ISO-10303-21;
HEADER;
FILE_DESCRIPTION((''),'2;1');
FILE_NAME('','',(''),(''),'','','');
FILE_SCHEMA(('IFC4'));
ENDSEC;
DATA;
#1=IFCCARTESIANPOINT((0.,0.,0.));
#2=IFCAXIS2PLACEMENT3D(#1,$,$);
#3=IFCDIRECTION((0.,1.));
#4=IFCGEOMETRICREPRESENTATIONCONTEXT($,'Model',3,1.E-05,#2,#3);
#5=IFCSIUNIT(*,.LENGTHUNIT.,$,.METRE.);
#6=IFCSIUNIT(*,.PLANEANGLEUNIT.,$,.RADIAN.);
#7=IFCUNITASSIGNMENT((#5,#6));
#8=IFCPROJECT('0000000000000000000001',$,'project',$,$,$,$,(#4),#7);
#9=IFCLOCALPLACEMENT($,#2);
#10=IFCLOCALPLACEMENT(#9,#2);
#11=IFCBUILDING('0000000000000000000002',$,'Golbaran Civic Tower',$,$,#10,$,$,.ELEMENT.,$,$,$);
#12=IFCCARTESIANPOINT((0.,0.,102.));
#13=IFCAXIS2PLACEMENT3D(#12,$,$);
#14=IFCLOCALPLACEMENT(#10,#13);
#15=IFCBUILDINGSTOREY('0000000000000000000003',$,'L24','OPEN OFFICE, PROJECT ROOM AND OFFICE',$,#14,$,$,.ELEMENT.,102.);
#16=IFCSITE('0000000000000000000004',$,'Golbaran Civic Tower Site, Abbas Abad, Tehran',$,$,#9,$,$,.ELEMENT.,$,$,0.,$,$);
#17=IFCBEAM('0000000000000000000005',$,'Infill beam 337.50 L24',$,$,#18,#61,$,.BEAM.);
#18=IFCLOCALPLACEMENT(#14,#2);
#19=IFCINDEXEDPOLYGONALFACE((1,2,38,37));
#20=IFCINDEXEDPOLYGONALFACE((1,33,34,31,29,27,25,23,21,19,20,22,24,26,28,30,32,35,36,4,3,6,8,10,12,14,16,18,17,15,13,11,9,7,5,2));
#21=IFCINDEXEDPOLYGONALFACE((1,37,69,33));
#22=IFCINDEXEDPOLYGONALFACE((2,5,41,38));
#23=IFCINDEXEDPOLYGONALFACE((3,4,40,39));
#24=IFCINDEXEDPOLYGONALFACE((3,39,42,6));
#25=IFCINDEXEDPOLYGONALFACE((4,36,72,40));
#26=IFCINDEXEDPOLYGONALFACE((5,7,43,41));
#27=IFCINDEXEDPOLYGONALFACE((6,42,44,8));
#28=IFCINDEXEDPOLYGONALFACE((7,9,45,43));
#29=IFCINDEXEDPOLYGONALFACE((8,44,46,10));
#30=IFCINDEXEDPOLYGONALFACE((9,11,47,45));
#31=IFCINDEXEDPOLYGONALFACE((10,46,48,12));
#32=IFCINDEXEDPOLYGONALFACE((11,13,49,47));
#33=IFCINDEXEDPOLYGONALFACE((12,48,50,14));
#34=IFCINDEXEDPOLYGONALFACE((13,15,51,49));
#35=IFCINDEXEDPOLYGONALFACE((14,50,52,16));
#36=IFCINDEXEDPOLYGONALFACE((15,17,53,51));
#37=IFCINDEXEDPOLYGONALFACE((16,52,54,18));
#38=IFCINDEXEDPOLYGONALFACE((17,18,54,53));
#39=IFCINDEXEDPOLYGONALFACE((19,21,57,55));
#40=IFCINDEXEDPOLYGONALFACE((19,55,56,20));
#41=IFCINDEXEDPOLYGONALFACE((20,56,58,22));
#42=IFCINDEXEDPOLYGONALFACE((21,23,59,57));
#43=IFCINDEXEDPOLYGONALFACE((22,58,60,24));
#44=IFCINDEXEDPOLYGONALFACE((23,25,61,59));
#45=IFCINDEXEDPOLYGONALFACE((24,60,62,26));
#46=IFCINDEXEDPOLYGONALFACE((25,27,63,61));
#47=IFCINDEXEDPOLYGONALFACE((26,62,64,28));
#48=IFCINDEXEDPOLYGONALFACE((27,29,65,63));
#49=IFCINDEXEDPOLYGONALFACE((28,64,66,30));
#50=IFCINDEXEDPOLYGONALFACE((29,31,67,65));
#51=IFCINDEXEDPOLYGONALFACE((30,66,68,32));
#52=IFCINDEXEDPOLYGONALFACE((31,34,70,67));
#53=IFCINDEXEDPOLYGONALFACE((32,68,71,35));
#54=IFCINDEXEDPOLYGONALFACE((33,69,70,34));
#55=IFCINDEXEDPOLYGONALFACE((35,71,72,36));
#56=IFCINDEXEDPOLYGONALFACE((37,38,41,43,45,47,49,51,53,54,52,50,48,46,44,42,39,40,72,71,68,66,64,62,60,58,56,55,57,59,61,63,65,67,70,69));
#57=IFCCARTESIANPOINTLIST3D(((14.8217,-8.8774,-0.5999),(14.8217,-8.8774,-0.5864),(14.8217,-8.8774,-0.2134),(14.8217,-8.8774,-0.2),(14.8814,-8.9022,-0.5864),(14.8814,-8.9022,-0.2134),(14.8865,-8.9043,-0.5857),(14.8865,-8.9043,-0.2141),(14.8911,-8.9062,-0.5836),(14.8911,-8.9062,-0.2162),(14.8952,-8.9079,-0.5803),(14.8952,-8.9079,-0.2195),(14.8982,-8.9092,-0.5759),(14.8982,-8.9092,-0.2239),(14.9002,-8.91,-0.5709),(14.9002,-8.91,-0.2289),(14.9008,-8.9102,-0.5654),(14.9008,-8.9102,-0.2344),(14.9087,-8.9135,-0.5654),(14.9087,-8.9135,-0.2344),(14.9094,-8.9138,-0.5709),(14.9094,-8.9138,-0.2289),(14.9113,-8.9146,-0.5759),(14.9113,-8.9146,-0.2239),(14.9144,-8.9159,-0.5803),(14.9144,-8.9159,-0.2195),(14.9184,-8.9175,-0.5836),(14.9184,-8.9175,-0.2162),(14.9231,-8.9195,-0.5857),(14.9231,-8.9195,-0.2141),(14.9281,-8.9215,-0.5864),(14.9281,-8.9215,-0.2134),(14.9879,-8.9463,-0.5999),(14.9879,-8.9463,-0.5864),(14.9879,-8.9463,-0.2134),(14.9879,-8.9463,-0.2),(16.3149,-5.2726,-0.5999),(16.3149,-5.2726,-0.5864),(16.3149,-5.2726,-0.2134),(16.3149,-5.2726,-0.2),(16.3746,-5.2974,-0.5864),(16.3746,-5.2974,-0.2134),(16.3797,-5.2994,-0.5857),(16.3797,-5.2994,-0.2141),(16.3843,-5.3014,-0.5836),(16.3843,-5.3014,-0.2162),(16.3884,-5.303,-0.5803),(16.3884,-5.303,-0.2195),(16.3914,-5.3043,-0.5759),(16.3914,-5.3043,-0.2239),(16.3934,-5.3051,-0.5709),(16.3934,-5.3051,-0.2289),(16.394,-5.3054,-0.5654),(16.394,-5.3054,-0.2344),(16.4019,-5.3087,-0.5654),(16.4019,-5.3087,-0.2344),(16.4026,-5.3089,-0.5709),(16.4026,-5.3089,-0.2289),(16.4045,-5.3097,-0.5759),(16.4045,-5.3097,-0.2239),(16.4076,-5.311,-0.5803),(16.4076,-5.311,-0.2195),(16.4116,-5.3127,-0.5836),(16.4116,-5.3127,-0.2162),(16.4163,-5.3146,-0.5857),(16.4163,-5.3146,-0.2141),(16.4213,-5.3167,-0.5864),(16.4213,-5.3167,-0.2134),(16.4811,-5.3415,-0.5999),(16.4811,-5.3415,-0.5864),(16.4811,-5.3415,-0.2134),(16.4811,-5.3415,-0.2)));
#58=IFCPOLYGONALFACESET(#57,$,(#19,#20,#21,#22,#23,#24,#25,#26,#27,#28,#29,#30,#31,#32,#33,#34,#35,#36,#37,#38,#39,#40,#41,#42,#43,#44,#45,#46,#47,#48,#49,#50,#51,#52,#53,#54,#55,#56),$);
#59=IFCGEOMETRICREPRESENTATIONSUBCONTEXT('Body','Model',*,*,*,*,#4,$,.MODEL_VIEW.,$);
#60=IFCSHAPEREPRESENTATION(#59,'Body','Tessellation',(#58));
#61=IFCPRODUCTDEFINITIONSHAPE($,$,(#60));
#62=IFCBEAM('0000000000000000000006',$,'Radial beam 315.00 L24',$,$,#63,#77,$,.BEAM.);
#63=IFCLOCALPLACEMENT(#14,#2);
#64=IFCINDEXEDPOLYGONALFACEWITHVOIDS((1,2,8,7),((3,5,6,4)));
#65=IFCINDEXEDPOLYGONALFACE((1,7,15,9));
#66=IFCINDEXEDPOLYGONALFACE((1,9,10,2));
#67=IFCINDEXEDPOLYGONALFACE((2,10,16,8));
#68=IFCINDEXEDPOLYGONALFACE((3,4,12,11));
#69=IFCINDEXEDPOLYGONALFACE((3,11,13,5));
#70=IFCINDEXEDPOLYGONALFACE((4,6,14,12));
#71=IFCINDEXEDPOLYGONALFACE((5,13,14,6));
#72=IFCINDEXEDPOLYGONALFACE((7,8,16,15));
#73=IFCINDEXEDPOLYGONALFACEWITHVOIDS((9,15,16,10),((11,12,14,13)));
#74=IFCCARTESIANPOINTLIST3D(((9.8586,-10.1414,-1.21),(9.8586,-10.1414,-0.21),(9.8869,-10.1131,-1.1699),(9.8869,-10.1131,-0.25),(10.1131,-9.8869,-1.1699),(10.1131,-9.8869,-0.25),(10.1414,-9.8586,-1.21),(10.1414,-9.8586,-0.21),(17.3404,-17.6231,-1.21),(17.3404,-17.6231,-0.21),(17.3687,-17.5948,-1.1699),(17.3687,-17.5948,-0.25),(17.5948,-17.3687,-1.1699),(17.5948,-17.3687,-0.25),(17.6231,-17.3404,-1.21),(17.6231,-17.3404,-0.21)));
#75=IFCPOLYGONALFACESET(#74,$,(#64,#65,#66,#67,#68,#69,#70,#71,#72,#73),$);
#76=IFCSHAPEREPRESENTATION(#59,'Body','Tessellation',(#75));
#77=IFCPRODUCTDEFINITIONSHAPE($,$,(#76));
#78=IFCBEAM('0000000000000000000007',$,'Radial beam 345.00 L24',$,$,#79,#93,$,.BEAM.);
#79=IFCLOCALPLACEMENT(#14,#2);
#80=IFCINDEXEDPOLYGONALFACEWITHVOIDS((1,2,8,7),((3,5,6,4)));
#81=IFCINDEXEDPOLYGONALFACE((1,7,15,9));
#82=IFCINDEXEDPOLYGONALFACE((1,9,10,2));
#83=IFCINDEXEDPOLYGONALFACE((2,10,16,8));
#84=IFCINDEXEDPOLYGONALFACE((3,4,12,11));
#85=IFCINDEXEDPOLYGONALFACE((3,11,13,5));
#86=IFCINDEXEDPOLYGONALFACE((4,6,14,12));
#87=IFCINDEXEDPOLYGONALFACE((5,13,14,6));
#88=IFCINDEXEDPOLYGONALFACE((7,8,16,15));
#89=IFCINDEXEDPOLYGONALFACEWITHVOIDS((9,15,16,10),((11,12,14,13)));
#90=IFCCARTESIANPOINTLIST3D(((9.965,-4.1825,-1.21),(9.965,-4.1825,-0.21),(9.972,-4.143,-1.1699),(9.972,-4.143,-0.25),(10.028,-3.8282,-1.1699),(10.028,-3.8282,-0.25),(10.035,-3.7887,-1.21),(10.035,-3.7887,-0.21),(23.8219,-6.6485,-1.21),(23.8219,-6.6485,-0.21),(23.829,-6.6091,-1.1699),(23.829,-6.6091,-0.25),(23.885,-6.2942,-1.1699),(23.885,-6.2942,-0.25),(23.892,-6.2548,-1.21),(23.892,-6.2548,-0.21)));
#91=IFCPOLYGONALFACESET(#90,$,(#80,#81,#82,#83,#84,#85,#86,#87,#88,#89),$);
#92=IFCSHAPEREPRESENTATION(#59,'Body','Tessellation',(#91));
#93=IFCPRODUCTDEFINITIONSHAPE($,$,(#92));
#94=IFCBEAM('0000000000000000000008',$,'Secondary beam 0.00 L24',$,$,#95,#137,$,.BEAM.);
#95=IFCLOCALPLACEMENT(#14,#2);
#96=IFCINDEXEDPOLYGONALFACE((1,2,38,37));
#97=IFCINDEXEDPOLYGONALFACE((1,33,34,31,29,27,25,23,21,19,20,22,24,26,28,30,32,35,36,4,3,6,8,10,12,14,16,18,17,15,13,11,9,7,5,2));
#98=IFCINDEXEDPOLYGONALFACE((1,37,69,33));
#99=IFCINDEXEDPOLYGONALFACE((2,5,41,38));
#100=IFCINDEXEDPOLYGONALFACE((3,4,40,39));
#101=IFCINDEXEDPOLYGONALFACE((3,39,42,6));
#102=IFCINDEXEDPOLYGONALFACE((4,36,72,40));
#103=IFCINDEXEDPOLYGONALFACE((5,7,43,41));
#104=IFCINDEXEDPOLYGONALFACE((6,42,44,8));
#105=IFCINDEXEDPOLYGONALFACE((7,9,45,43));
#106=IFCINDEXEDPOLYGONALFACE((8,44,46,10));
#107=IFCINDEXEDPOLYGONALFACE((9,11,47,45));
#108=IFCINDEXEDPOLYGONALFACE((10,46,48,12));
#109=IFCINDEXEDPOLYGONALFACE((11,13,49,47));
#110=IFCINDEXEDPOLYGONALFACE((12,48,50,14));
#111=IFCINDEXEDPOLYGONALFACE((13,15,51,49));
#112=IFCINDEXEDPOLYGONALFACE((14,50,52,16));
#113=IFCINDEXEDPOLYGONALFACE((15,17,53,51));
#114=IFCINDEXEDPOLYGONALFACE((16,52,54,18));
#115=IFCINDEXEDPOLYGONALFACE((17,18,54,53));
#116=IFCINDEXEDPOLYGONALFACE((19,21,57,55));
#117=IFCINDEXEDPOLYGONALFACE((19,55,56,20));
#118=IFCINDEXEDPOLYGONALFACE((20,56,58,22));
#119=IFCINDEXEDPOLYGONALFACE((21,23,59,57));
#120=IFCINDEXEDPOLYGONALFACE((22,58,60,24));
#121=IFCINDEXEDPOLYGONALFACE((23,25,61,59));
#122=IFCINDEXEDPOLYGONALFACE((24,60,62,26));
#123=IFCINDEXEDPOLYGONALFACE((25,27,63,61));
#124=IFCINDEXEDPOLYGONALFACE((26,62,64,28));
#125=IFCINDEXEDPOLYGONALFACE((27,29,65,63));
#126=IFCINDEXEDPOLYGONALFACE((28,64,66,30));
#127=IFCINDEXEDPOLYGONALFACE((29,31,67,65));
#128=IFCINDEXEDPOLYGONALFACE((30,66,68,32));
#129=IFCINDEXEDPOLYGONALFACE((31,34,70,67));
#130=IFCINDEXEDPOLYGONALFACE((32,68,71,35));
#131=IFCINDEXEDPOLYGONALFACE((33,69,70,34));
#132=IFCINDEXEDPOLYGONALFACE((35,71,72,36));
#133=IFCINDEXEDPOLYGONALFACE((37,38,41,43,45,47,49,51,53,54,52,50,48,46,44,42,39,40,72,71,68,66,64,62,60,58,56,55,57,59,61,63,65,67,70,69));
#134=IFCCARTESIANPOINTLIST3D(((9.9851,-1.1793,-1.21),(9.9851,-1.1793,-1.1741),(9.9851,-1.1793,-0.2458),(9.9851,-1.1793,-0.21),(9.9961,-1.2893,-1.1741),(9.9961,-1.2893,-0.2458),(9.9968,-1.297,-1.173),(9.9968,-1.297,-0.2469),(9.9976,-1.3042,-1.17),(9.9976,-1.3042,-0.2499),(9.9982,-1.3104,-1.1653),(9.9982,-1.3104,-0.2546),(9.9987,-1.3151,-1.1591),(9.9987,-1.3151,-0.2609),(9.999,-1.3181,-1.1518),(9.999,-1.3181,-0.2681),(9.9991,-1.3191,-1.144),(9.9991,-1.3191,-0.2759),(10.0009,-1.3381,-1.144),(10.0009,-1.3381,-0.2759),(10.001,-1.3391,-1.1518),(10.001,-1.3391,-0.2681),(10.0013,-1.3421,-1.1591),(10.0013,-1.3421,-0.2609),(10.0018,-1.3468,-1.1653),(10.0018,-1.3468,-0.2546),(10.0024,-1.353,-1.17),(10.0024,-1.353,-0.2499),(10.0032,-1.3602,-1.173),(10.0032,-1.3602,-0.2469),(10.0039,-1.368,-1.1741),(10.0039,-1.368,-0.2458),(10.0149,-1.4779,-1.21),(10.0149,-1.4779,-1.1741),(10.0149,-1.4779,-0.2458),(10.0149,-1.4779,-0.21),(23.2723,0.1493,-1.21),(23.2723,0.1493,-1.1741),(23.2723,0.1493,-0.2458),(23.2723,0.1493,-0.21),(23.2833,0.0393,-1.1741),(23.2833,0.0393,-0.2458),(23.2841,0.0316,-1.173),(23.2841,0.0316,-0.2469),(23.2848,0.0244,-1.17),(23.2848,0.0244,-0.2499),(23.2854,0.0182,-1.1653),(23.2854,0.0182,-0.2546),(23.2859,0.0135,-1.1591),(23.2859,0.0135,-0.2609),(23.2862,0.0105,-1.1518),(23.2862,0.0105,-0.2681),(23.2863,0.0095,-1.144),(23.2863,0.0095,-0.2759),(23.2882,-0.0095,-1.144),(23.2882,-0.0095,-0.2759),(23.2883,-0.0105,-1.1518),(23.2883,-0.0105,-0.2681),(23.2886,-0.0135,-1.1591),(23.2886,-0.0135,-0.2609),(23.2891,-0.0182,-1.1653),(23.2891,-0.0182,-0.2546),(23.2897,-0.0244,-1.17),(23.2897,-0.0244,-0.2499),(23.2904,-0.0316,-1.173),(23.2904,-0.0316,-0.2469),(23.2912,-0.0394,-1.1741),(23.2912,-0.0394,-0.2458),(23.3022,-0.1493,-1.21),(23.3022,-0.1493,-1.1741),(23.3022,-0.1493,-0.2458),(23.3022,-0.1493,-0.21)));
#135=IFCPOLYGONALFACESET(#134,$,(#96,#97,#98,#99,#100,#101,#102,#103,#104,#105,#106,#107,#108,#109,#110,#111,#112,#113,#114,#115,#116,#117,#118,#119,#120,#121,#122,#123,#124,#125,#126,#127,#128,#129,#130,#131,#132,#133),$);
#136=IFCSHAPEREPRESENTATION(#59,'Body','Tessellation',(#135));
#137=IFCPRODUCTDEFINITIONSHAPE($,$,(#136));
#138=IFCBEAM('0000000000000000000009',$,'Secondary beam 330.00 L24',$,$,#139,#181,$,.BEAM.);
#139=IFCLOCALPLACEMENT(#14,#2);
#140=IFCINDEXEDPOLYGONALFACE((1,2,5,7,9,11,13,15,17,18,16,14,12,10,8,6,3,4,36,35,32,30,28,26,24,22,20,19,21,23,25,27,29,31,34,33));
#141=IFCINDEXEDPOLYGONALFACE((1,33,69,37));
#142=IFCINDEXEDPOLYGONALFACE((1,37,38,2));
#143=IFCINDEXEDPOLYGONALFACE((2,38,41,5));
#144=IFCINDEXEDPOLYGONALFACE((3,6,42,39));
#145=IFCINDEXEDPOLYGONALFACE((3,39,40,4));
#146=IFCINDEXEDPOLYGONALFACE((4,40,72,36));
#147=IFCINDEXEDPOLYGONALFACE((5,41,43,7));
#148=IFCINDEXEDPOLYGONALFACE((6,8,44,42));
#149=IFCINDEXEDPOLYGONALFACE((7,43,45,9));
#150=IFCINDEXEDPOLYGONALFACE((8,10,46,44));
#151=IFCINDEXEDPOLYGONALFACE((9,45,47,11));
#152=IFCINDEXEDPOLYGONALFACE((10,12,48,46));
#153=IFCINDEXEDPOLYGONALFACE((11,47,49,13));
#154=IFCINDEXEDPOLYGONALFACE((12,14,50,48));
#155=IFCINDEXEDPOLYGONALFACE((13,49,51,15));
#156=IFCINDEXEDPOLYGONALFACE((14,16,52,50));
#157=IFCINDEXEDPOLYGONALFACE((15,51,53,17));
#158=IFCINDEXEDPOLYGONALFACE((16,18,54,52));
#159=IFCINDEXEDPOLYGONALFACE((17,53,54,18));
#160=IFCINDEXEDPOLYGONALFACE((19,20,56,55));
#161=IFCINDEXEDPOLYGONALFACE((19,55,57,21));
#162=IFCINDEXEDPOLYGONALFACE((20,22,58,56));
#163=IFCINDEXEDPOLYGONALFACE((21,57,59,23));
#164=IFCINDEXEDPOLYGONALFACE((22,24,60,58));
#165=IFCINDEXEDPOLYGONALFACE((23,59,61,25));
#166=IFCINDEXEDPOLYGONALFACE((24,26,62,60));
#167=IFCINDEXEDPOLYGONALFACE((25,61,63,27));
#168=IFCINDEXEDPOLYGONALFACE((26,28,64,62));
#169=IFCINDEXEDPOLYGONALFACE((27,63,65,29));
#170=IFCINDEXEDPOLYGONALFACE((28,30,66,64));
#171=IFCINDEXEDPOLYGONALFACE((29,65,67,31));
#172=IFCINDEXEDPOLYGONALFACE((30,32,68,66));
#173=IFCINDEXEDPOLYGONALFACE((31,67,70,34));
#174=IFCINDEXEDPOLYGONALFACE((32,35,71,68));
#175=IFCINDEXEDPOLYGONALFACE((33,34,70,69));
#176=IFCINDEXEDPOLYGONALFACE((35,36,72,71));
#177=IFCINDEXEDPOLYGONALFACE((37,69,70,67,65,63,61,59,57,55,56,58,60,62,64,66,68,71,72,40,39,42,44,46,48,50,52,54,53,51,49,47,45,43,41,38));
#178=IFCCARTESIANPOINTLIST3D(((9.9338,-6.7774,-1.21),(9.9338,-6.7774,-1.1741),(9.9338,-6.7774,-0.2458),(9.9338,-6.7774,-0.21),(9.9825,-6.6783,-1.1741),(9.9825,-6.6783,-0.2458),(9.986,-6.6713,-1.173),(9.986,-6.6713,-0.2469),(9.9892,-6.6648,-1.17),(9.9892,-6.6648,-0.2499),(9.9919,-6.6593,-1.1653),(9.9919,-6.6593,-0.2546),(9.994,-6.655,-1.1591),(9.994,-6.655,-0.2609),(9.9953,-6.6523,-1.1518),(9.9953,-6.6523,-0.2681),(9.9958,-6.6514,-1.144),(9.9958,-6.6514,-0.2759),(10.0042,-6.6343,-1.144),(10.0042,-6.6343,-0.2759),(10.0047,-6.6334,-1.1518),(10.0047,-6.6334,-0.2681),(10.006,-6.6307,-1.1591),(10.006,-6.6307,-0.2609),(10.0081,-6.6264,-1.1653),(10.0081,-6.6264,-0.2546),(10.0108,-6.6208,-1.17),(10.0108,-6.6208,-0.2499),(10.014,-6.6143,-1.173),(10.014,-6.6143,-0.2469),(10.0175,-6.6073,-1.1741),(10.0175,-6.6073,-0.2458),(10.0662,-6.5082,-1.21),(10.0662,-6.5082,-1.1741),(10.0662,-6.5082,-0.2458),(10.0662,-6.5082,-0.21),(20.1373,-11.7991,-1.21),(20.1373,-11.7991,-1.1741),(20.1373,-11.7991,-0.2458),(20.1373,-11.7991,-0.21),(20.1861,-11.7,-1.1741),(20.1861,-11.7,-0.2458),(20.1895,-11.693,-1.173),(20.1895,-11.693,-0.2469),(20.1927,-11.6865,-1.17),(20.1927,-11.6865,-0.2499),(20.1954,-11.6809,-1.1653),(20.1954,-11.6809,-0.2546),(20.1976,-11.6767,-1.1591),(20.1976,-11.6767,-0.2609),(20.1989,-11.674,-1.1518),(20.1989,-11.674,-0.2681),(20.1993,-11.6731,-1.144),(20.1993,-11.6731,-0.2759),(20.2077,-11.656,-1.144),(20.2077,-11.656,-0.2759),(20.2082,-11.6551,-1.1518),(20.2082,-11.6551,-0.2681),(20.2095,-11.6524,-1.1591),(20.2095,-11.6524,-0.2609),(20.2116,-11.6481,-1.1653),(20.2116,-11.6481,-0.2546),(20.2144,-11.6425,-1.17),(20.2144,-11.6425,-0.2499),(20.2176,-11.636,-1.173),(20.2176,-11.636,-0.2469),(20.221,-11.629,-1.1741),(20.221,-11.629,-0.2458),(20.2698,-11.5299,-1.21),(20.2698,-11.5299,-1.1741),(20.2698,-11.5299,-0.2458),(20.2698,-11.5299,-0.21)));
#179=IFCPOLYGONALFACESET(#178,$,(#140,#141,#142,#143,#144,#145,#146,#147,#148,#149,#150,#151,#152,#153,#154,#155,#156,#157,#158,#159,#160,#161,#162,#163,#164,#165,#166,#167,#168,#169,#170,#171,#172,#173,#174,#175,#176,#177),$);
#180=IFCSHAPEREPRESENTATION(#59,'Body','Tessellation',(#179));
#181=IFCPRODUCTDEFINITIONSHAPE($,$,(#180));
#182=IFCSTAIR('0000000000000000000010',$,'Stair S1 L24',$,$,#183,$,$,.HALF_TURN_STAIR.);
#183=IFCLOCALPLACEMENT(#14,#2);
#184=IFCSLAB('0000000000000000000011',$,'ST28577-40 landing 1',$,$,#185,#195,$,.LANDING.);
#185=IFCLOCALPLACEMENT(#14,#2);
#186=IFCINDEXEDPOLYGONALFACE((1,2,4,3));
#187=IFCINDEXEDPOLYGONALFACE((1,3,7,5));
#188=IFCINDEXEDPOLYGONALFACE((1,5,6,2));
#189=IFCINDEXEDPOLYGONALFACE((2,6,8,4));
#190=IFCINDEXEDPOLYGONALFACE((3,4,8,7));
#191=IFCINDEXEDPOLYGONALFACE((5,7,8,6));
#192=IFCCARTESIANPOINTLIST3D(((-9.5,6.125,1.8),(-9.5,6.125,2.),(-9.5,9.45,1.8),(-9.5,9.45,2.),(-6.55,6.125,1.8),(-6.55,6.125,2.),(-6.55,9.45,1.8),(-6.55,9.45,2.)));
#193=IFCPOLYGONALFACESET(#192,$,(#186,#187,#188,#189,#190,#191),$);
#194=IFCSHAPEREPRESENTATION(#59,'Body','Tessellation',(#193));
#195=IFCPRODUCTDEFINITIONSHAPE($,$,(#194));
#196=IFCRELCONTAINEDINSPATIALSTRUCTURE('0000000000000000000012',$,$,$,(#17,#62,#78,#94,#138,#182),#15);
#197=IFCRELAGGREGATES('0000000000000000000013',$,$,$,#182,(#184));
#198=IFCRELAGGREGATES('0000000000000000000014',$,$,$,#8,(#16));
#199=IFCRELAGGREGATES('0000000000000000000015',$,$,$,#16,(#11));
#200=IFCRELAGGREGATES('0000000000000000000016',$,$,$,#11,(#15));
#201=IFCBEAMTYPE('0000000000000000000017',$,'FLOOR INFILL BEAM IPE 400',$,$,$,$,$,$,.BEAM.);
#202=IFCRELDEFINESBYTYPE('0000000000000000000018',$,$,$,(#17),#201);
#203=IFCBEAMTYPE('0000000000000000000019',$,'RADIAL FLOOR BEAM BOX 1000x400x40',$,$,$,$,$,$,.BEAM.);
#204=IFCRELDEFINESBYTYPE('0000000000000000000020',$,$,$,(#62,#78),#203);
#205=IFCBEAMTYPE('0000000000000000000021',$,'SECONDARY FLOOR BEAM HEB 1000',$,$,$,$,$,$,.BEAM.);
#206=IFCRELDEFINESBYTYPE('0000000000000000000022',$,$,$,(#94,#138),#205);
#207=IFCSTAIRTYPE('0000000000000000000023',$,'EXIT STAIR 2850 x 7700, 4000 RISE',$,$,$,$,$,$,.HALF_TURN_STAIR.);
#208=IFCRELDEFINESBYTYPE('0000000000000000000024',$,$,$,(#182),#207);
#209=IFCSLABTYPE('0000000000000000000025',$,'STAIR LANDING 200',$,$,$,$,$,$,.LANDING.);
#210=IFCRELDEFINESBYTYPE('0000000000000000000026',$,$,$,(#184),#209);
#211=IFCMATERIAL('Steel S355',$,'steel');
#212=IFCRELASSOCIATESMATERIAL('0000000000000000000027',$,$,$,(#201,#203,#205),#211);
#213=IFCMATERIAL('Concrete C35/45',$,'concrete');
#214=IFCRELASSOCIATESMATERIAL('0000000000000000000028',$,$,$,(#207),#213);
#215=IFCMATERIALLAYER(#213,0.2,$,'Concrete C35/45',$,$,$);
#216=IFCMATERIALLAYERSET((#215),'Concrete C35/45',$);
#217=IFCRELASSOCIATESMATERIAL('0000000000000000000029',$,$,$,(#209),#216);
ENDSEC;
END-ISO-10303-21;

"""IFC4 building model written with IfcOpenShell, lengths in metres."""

from ifc_helpers import new_model, si_unit, direction, frame, origin, origin_2d, place, context, subcontext, project, spatial, polyline, hollow_rectangle, i_section, outline, extrude, material, layer, layer_set, material_profile, profile_set, type_object, element, aggregate, save


model = new_model("IFC4")

# Units and contexts
model_context = context("Model", 3, precision=1e-05, world=origin(), true_north=direction((0.0, 1.0)))
body_context = subcontext(model_context, "Body", "Model", "MODEL_VIEW")
ifc_project = project(units=[si_unit("LENGTHUNIT", "METRE"), si_unit("PLANEANGLEUNIT", "RADIAN")], contexts=[model_context])

# Site, building, storey
site_placement = place(None, origin())
site = spatial("IfcSite", under=ifc_project, at=site_placement, Name="Golbaran Civic Tower Site, Abbas Abad, Tehran", CompositionType="ELEMENT", RefElevation=0.0)
building_placement = place(site_placement, origin())
building = spatial("IfcBuilding", under=site, at=building_placement, Name="Golbaran Civic Tower", CompositionType="ELEMENT")
storey_placement = place(building_placement, frame((0.0, 0.0, 102.0)))
storey = spatial("IfcBuildingStorey", under=building, at=storey_placement, Name="L24", Description="OPEN OFFICE, PROJECT ROOM AND OFFICE", CompositionType="ELEMENT", Elevation=102.0)

# Beams
ifc_material_1 = material(Name="Steel S355", Category="steel")
ifc_material_profile_1 = material_profile(ifc_material_1, i_section(OverallWidth=0.1799, OverallDepth=0.3999, WebThickness=0.0085, FlangeThickness=0.0134, FilletRadius=0.021, at=origin_2d()), Name="IPE 400")
ifc_profile_set_1 = profile_set([ifc_material_profile_1], Name="Steel S355")
beam_type_1 = type_object("IfcBeamType", Name="FLOOR INFILL BEAM IPE 400", PredefinedType="BEAM", material=ifc_profile_set_1)
beam_1_placement = place(storey_placement, frame((14.9048, -8.9119, -0.3999), z_axis=(0.382691, 0.923877, 0.0), x_axis=(-0.923877, 0.382691, 0.0)))
element("IfcBeam", 1, at=beam_1_placement, inside=storey, type_object=beam_type_1, Name="Infill beam 337.50 L24", PredefinedType="BEAM", context=body_context, shape_type="SweptSolid", body=[
    extrude(i_section(OverallWidth=0.1799, OverallDepth=0.3999, WebThickness=0.0085, FlangeThickness=0.0134, FilletRadius=0.021, at=origin_2d()), origin(), (0.0, 0.0, 1.0), 3.9019),
])
ifc_material_profile_2 = material_profile(ifc_material_1, hollow_rectangle(XDim=0.3999, YDim=1.0, WallThickness=0.04, at=origin_2d()), Name="BOX 1000x400x40")
ifc_profile_set_2 = profile_set([ifc_material_profile_2], Name="Steel S355")
beam_type_2 = type_object("IfcBeamType", Name="RADIAL FLOOR BEAM BOX 1000x400x40", PredefinedType="BEAM", material=ifc_profile_set_2)
beam_2_placement = place(storey_placement, frame((10.0, -10.0, -0.71), z_axis=(0.707107, -0.707107, 0.0), x_axis=(0.707107, 0.707107, 0.0)))
element("IfcBeam", 2, at=beam_2_placement, inside=storey, type_object=beam_type_2, Name="Radial beam 315.00 L24", PredefinedType="BEAM", context=body_context, shape_type="SweptSolid", body=[
    extrude(hollow_rectangle(XDim=0.3999, YDim=1.0, WallThickness=0.04, at=origin_2d()), origin(), (0.0, 0.0, 1.0), 10.5808),
])
beam_3_placement = place(storey_placement, frame((10.0, -3.9856, -0.71), z_axis=(0.984531, -0.175213, 0.0), x_axis=(0.175213, 0.984531, 0.0)))
element("IfcBeam", 3, at=beam_3_placement, inside=storey, type_object=beam_type_2, Name="Radial beam 345.00 L24", PredefinedType="BEAM", context=body_context, shape_type="SweptSolid", body=[
    extrude(hollow_rectangle(XDim=0.3999, YDim=1.0, WallThickness=0.04, at=origin_2d()), origin(), (0.0, 0.0, 1.0), 14.0747),
])
ifc_material_profile_3 = material_profile(ifc_material_1, i_section(OverallWidth=0.3, OverallDepth=1.0, WebThickness=0.019, FlangeThickness=0.0359, FilletRadius=0.03, at=origin_2d()), Name="HEB 1000")
ifc_profile_set_3 = profile_set([ifc_material_profile_3], Name="Steel S355")
beam_type_3 = type_object("IfcBeamType", Name="SECONDARY FLOOR BEAM HEB 1000", PredefinedType="BEAM", material=ifc_profile_set_3)
beam_4_placement = place(storey_placement, frame((10.0, -1.3286, -0.71), z_axis=(0.995038, 0.099495, 0.0), x_axis=(-0.099495, 0.995038, 0.0)))
element("IfcBeam", 4, at=beam_4_placement, inside=storey, type_object=beam_type_3, Name="Secondary beam 0.00 L24", PredefinedType="BEAM", context=body_context, shape_type="SweptSolid", body=[
    extrude(i_section(OverallWidth=0.3, OverallDepth=1.0, WebThickness=0.019, FlangeThickness=0.0359, FilletRadius=0.03, at=origin_2d()), origin(), (0.0, 0.0, 1.0), 13.3535),
])
beam_5_placement = place(storey_placement, frame((10.0, -6.6428, -0.71), z_axis=(0.897226, -0.441572, 0.0), x_axis=(0.441572, 0.897226, 0.0)))
element("IfcBeam", 5, at=beam_5_placement, inside=storey, type_object=beam_type_3, Name="Secondary beam 330.00 L24", PredefinedType="BEAM", context=body_context, shape_type="SweptSolid", body=[
    extrude(i_section(OverallWidth=0.3, OverallDepth=1.0, WebThickness=0.019, FlangeThickness=0.0359, FilletRadius=0.03, at=origin_2d()), origin(), (0.0, 0.0, 1.0), 11.3723),
])

# Stair, slab
ifc_material_2 = material(Name="Concrete C35/45", Category="concrete")
stair_type = type_object("IfcStairType", Name="EXIT STAIR 2850 x 7700, 4000 RISE", PredefinedType="HALF_TURN_STAIR", material=ifc_material_2)
stair_1_placement = place(storey_placement, origin())
stair_1 = element("IfcStair", 6, at=stair_1_placement, inside=storey, type_object=stair_type, Name="Stair S1 L24", PredefinedType="HALF_TURN_STAIR")
ifc_layer_1 = layer(ifc_material_2, 0.2, Name="Concrete C35/45")
ifc_layer_set_1 = layer_set([ifc_layer_1], Name="Concrete C35/45")
slab_type = type_object("IfcSlabType", Name="STAIR LANDING 200", PredefinedType="LANDING", material=ifc_layer_set_1)
slab_1_placement = place(storey_placement, frame((0.0, 0.0, 1.8)))
slab_1 = element("IfcSlab", 7, at=slab_1_placement, type_object=slab_type, Name="ST28577-40 landing 1", PredefinedType="LANDING", context=body_context, shape_type="SweptSolid", body=[
    extrude(outline(polyline([(-9.5, 6.125), (-9.5, 9.45), (-6.55, 9.45), (-6.55, 6.125), (-9.5, 6.125)])), origin(), (0.0, 0.0, 1.0), 0.2),
])
aggregate(stair_1, [slab_1])

save(model, "model.ifc")
